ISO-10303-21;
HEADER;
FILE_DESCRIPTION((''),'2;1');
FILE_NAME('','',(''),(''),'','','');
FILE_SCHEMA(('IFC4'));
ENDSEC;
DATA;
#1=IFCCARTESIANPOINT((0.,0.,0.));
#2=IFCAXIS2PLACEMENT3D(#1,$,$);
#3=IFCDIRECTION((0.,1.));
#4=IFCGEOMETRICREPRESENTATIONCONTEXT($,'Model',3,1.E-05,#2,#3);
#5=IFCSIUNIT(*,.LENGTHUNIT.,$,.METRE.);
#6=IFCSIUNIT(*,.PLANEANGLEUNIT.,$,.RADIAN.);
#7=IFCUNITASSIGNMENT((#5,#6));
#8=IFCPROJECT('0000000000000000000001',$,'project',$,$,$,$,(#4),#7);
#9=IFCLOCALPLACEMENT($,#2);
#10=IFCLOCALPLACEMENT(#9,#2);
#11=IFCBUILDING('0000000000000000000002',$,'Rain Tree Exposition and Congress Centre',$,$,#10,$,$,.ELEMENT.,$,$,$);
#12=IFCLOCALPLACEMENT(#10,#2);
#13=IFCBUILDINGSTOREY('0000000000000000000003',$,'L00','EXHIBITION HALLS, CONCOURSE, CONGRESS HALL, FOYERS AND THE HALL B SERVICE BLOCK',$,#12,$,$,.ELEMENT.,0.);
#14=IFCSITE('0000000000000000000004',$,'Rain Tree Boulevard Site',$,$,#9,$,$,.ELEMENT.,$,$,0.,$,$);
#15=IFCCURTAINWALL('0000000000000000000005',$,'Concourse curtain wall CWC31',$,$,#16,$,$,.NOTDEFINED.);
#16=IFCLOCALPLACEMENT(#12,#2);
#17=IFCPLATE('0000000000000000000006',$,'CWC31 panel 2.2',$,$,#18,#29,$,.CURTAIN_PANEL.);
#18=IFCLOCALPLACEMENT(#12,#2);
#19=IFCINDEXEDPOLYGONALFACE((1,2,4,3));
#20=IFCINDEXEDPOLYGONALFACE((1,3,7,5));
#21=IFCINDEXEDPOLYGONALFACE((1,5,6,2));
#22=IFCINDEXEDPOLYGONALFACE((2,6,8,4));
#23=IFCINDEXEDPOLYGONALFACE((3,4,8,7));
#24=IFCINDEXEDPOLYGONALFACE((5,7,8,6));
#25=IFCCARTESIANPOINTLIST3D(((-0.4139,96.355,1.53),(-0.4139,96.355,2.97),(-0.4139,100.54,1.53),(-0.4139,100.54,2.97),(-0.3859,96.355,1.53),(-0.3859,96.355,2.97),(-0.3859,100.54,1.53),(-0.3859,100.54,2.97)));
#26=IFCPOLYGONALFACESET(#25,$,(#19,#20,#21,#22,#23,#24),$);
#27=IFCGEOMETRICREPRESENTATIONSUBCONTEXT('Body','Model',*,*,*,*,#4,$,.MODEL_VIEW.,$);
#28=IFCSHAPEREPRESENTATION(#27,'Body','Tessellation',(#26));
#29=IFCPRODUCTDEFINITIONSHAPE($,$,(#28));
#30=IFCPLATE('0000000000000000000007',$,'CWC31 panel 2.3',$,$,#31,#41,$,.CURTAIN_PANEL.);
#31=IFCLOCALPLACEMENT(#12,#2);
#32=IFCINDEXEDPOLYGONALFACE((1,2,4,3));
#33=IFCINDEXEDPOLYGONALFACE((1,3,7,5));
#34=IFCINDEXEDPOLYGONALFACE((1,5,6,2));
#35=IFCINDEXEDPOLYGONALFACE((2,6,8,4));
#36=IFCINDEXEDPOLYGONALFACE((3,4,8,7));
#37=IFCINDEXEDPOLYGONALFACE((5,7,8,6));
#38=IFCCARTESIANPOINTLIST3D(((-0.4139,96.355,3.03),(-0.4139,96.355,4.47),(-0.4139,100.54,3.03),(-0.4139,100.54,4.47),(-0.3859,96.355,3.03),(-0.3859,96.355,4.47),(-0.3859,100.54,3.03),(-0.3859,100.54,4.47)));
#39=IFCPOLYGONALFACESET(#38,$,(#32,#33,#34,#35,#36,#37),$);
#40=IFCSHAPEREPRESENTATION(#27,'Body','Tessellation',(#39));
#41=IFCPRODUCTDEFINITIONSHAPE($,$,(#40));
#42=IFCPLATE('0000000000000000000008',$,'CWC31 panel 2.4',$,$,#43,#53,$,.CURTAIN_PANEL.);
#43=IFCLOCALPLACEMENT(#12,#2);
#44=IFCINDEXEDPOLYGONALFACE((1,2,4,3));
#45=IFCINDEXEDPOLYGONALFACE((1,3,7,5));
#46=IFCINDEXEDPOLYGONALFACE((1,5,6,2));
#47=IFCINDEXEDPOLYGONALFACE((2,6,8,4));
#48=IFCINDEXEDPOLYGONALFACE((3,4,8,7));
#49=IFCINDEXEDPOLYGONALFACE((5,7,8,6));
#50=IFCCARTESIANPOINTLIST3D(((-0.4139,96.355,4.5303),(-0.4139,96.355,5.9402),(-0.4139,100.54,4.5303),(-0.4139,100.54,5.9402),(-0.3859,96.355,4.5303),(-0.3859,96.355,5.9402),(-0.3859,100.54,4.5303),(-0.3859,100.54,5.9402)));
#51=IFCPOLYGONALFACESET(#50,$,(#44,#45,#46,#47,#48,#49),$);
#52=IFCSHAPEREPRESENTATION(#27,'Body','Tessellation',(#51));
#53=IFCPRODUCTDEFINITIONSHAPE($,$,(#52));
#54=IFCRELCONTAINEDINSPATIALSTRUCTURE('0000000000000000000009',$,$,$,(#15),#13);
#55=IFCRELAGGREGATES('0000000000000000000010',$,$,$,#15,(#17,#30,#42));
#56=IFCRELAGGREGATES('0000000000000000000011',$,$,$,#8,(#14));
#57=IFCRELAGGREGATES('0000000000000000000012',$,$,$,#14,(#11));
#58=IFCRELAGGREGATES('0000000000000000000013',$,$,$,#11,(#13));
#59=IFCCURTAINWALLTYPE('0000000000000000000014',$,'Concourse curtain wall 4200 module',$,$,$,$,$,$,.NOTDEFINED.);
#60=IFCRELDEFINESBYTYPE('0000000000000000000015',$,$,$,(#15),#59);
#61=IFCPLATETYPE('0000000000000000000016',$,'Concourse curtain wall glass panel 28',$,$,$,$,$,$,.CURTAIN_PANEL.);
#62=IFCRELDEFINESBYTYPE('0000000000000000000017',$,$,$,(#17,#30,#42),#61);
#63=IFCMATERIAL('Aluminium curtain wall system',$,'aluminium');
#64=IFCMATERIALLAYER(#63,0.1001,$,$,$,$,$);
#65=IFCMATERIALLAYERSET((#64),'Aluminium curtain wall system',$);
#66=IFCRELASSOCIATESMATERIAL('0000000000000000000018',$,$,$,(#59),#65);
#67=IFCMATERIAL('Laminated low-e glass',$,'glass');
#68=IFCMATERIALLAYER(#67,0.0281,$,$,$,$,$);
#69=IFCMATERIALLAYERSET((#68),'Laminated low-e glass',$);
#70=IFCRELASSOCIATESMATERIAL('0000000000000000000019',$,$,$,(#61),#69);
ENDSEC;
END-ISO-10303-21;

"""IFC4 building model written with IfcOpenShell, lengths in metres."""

from ifc_helpers import new_model, si_unit, direction, frame, origin, origin_2d, place, context, subcontext, project, spatial, rectangle, extrude, material, layer, layer_set, type_object, element, aggregate, save


model = new_model("IFC4")

# Units and contexts
model_context = context("Model", 3, precision=1e-05, world=origin(), true_north=direction((0.0, 1.0)))
body_context = subcontext(model_context, "Body", "Model", "MODEL_VIEW")
ifc_project = project(units=[si_unit("LENGTHUNIT", "METRE"), si_unit("PLANEANGLEUNIT", "RADIAN")], contexts=[model_context])

# Site, building, storey
site_placement = place(None, origin())
site = spatial("IfcSite", under=ifc_project, at=site_placement, Name="Rain Tree Boulevard Site", CompositionType="ELEMENT", RefElevation=0.0)
building_placement = place(site_placement, origin())
building = spatial("IfcBuilding", under=site, at=building_placement, Name="Rain Tree Exposition and Congress Centre", CompositionType="ELEMENT")
storey_placement = place(building_placement, origin())
storey = spatial("IfcBuildingStorey", under=building, at=storey_placement, Name="L00", Description="EXHIBITION HALLS, CONCOURSE, CONGRESS HALL, FOYERS AND THE HALL B SERVICE BLOCK", CompositionType="ELEMENT", Elevation=0.0)

# Curtain wall, plates
ifc_material_1 = material(Name="Aluminium curtain wall system", Category="aluminium")
ifc_layer_1 = layer(ifc_material_1, 0.1001)
ifc_layer_set_1 = layer_set([ifc_layer_1], Name="Aluminium curtain wall system")
curtain_wall_type = type_object("IfcCurtainWallType", Name="Concourse curtain wall 4200 module", PredefinedType="NOTDEFINED", material=ifc_layer_set_1)
curtain_wall_placement = place(storey_placement, origin())
curtain_wall = element("IfcCurtainWall", 1, at=curtain_wall_placement, inside=storey, type_object=curtain_wall_type, Name="Concourse curtain wall CWC31", PredefinedType="NOTDEFINED")
ifc_material_2 = material(Name="Laminated low-e glass", Category="glass")
ifc_layer_2 = layer(ifc_material_2, 0.0281)
ifc_layer_set_2 = layer_set([ifc_layer_2], Name="Laminated low-e glass")
plate_type = type_object("IfcPlateType", Name="Concourse curtain wall glass panel 28", PredefinedType="CURTAIN_PANEL", material=ifc_layer_set_2)
plate_1_placement = place(storey_placement, frame((-0.3999, 98.4475, 1.53), z_axis=(0.0, 0.0, 1.0), x_axis=(0.0, 1.0, 0.0)))
plate_1 = element("IfcPlate", 2, at=plate_1_placement, type_object=plate_type, Name="CWC31 panel 2.2", PredefinedType="CURTAIN_PANEL", context=body_context, shape_type="SweptSolid", body=[
    extrude(rectangle(XDim=4.1851, YDim=0.0281, at=origin_2d()), origin(), (0.0, 0.0, 1.0), 1.4399),
])
plate_2_placement = place(storey_placement, frame((-0.3999, 98.4475, 3.03), z_axis=(0.0, 0.0, 1.0), x_axis=(0.0, 1.0, 0.0)))
plate_2 = element("IfcPlate", 3, at=plate_2_placement, type_object=plate_type, Name="CWC31 panel 2.3", PredefinedType="CURTAIN_PANEL", context=body_context, shape_type="SweptSolid", body=[
    extrude(rectangle(XDim=4.1851, YDim=0.0281, at=origin_2d()), origin(), (0.0, 0.0, 1.0), 1.4399),
])
plate_3_placement = place(storey_placement, frame((-0.3999, 98.4475, 4.5303), z_axis=(0.0, 0.0, 1.0), x_axis=(0.0, 1.0, 0.0)))
plate_3 = element("IfcPlate", 4, at=plate_3_placement, type_object=plate_type, Name="CWC31 panel 2.4", PredefinedType="CURTAIN_PANEL", context=body_context, shape_type="SweptSolid", body=[
    extrude(rectangle(XDim=4.1851, YDim=0.0281, at=origin_2d()), origin(), (0.0, 0.0, 1.0), 1.4099),
])
aggregate(curtain_wall, [plate_1, plate_2, plate_3])

save(model, "model.ifc")
